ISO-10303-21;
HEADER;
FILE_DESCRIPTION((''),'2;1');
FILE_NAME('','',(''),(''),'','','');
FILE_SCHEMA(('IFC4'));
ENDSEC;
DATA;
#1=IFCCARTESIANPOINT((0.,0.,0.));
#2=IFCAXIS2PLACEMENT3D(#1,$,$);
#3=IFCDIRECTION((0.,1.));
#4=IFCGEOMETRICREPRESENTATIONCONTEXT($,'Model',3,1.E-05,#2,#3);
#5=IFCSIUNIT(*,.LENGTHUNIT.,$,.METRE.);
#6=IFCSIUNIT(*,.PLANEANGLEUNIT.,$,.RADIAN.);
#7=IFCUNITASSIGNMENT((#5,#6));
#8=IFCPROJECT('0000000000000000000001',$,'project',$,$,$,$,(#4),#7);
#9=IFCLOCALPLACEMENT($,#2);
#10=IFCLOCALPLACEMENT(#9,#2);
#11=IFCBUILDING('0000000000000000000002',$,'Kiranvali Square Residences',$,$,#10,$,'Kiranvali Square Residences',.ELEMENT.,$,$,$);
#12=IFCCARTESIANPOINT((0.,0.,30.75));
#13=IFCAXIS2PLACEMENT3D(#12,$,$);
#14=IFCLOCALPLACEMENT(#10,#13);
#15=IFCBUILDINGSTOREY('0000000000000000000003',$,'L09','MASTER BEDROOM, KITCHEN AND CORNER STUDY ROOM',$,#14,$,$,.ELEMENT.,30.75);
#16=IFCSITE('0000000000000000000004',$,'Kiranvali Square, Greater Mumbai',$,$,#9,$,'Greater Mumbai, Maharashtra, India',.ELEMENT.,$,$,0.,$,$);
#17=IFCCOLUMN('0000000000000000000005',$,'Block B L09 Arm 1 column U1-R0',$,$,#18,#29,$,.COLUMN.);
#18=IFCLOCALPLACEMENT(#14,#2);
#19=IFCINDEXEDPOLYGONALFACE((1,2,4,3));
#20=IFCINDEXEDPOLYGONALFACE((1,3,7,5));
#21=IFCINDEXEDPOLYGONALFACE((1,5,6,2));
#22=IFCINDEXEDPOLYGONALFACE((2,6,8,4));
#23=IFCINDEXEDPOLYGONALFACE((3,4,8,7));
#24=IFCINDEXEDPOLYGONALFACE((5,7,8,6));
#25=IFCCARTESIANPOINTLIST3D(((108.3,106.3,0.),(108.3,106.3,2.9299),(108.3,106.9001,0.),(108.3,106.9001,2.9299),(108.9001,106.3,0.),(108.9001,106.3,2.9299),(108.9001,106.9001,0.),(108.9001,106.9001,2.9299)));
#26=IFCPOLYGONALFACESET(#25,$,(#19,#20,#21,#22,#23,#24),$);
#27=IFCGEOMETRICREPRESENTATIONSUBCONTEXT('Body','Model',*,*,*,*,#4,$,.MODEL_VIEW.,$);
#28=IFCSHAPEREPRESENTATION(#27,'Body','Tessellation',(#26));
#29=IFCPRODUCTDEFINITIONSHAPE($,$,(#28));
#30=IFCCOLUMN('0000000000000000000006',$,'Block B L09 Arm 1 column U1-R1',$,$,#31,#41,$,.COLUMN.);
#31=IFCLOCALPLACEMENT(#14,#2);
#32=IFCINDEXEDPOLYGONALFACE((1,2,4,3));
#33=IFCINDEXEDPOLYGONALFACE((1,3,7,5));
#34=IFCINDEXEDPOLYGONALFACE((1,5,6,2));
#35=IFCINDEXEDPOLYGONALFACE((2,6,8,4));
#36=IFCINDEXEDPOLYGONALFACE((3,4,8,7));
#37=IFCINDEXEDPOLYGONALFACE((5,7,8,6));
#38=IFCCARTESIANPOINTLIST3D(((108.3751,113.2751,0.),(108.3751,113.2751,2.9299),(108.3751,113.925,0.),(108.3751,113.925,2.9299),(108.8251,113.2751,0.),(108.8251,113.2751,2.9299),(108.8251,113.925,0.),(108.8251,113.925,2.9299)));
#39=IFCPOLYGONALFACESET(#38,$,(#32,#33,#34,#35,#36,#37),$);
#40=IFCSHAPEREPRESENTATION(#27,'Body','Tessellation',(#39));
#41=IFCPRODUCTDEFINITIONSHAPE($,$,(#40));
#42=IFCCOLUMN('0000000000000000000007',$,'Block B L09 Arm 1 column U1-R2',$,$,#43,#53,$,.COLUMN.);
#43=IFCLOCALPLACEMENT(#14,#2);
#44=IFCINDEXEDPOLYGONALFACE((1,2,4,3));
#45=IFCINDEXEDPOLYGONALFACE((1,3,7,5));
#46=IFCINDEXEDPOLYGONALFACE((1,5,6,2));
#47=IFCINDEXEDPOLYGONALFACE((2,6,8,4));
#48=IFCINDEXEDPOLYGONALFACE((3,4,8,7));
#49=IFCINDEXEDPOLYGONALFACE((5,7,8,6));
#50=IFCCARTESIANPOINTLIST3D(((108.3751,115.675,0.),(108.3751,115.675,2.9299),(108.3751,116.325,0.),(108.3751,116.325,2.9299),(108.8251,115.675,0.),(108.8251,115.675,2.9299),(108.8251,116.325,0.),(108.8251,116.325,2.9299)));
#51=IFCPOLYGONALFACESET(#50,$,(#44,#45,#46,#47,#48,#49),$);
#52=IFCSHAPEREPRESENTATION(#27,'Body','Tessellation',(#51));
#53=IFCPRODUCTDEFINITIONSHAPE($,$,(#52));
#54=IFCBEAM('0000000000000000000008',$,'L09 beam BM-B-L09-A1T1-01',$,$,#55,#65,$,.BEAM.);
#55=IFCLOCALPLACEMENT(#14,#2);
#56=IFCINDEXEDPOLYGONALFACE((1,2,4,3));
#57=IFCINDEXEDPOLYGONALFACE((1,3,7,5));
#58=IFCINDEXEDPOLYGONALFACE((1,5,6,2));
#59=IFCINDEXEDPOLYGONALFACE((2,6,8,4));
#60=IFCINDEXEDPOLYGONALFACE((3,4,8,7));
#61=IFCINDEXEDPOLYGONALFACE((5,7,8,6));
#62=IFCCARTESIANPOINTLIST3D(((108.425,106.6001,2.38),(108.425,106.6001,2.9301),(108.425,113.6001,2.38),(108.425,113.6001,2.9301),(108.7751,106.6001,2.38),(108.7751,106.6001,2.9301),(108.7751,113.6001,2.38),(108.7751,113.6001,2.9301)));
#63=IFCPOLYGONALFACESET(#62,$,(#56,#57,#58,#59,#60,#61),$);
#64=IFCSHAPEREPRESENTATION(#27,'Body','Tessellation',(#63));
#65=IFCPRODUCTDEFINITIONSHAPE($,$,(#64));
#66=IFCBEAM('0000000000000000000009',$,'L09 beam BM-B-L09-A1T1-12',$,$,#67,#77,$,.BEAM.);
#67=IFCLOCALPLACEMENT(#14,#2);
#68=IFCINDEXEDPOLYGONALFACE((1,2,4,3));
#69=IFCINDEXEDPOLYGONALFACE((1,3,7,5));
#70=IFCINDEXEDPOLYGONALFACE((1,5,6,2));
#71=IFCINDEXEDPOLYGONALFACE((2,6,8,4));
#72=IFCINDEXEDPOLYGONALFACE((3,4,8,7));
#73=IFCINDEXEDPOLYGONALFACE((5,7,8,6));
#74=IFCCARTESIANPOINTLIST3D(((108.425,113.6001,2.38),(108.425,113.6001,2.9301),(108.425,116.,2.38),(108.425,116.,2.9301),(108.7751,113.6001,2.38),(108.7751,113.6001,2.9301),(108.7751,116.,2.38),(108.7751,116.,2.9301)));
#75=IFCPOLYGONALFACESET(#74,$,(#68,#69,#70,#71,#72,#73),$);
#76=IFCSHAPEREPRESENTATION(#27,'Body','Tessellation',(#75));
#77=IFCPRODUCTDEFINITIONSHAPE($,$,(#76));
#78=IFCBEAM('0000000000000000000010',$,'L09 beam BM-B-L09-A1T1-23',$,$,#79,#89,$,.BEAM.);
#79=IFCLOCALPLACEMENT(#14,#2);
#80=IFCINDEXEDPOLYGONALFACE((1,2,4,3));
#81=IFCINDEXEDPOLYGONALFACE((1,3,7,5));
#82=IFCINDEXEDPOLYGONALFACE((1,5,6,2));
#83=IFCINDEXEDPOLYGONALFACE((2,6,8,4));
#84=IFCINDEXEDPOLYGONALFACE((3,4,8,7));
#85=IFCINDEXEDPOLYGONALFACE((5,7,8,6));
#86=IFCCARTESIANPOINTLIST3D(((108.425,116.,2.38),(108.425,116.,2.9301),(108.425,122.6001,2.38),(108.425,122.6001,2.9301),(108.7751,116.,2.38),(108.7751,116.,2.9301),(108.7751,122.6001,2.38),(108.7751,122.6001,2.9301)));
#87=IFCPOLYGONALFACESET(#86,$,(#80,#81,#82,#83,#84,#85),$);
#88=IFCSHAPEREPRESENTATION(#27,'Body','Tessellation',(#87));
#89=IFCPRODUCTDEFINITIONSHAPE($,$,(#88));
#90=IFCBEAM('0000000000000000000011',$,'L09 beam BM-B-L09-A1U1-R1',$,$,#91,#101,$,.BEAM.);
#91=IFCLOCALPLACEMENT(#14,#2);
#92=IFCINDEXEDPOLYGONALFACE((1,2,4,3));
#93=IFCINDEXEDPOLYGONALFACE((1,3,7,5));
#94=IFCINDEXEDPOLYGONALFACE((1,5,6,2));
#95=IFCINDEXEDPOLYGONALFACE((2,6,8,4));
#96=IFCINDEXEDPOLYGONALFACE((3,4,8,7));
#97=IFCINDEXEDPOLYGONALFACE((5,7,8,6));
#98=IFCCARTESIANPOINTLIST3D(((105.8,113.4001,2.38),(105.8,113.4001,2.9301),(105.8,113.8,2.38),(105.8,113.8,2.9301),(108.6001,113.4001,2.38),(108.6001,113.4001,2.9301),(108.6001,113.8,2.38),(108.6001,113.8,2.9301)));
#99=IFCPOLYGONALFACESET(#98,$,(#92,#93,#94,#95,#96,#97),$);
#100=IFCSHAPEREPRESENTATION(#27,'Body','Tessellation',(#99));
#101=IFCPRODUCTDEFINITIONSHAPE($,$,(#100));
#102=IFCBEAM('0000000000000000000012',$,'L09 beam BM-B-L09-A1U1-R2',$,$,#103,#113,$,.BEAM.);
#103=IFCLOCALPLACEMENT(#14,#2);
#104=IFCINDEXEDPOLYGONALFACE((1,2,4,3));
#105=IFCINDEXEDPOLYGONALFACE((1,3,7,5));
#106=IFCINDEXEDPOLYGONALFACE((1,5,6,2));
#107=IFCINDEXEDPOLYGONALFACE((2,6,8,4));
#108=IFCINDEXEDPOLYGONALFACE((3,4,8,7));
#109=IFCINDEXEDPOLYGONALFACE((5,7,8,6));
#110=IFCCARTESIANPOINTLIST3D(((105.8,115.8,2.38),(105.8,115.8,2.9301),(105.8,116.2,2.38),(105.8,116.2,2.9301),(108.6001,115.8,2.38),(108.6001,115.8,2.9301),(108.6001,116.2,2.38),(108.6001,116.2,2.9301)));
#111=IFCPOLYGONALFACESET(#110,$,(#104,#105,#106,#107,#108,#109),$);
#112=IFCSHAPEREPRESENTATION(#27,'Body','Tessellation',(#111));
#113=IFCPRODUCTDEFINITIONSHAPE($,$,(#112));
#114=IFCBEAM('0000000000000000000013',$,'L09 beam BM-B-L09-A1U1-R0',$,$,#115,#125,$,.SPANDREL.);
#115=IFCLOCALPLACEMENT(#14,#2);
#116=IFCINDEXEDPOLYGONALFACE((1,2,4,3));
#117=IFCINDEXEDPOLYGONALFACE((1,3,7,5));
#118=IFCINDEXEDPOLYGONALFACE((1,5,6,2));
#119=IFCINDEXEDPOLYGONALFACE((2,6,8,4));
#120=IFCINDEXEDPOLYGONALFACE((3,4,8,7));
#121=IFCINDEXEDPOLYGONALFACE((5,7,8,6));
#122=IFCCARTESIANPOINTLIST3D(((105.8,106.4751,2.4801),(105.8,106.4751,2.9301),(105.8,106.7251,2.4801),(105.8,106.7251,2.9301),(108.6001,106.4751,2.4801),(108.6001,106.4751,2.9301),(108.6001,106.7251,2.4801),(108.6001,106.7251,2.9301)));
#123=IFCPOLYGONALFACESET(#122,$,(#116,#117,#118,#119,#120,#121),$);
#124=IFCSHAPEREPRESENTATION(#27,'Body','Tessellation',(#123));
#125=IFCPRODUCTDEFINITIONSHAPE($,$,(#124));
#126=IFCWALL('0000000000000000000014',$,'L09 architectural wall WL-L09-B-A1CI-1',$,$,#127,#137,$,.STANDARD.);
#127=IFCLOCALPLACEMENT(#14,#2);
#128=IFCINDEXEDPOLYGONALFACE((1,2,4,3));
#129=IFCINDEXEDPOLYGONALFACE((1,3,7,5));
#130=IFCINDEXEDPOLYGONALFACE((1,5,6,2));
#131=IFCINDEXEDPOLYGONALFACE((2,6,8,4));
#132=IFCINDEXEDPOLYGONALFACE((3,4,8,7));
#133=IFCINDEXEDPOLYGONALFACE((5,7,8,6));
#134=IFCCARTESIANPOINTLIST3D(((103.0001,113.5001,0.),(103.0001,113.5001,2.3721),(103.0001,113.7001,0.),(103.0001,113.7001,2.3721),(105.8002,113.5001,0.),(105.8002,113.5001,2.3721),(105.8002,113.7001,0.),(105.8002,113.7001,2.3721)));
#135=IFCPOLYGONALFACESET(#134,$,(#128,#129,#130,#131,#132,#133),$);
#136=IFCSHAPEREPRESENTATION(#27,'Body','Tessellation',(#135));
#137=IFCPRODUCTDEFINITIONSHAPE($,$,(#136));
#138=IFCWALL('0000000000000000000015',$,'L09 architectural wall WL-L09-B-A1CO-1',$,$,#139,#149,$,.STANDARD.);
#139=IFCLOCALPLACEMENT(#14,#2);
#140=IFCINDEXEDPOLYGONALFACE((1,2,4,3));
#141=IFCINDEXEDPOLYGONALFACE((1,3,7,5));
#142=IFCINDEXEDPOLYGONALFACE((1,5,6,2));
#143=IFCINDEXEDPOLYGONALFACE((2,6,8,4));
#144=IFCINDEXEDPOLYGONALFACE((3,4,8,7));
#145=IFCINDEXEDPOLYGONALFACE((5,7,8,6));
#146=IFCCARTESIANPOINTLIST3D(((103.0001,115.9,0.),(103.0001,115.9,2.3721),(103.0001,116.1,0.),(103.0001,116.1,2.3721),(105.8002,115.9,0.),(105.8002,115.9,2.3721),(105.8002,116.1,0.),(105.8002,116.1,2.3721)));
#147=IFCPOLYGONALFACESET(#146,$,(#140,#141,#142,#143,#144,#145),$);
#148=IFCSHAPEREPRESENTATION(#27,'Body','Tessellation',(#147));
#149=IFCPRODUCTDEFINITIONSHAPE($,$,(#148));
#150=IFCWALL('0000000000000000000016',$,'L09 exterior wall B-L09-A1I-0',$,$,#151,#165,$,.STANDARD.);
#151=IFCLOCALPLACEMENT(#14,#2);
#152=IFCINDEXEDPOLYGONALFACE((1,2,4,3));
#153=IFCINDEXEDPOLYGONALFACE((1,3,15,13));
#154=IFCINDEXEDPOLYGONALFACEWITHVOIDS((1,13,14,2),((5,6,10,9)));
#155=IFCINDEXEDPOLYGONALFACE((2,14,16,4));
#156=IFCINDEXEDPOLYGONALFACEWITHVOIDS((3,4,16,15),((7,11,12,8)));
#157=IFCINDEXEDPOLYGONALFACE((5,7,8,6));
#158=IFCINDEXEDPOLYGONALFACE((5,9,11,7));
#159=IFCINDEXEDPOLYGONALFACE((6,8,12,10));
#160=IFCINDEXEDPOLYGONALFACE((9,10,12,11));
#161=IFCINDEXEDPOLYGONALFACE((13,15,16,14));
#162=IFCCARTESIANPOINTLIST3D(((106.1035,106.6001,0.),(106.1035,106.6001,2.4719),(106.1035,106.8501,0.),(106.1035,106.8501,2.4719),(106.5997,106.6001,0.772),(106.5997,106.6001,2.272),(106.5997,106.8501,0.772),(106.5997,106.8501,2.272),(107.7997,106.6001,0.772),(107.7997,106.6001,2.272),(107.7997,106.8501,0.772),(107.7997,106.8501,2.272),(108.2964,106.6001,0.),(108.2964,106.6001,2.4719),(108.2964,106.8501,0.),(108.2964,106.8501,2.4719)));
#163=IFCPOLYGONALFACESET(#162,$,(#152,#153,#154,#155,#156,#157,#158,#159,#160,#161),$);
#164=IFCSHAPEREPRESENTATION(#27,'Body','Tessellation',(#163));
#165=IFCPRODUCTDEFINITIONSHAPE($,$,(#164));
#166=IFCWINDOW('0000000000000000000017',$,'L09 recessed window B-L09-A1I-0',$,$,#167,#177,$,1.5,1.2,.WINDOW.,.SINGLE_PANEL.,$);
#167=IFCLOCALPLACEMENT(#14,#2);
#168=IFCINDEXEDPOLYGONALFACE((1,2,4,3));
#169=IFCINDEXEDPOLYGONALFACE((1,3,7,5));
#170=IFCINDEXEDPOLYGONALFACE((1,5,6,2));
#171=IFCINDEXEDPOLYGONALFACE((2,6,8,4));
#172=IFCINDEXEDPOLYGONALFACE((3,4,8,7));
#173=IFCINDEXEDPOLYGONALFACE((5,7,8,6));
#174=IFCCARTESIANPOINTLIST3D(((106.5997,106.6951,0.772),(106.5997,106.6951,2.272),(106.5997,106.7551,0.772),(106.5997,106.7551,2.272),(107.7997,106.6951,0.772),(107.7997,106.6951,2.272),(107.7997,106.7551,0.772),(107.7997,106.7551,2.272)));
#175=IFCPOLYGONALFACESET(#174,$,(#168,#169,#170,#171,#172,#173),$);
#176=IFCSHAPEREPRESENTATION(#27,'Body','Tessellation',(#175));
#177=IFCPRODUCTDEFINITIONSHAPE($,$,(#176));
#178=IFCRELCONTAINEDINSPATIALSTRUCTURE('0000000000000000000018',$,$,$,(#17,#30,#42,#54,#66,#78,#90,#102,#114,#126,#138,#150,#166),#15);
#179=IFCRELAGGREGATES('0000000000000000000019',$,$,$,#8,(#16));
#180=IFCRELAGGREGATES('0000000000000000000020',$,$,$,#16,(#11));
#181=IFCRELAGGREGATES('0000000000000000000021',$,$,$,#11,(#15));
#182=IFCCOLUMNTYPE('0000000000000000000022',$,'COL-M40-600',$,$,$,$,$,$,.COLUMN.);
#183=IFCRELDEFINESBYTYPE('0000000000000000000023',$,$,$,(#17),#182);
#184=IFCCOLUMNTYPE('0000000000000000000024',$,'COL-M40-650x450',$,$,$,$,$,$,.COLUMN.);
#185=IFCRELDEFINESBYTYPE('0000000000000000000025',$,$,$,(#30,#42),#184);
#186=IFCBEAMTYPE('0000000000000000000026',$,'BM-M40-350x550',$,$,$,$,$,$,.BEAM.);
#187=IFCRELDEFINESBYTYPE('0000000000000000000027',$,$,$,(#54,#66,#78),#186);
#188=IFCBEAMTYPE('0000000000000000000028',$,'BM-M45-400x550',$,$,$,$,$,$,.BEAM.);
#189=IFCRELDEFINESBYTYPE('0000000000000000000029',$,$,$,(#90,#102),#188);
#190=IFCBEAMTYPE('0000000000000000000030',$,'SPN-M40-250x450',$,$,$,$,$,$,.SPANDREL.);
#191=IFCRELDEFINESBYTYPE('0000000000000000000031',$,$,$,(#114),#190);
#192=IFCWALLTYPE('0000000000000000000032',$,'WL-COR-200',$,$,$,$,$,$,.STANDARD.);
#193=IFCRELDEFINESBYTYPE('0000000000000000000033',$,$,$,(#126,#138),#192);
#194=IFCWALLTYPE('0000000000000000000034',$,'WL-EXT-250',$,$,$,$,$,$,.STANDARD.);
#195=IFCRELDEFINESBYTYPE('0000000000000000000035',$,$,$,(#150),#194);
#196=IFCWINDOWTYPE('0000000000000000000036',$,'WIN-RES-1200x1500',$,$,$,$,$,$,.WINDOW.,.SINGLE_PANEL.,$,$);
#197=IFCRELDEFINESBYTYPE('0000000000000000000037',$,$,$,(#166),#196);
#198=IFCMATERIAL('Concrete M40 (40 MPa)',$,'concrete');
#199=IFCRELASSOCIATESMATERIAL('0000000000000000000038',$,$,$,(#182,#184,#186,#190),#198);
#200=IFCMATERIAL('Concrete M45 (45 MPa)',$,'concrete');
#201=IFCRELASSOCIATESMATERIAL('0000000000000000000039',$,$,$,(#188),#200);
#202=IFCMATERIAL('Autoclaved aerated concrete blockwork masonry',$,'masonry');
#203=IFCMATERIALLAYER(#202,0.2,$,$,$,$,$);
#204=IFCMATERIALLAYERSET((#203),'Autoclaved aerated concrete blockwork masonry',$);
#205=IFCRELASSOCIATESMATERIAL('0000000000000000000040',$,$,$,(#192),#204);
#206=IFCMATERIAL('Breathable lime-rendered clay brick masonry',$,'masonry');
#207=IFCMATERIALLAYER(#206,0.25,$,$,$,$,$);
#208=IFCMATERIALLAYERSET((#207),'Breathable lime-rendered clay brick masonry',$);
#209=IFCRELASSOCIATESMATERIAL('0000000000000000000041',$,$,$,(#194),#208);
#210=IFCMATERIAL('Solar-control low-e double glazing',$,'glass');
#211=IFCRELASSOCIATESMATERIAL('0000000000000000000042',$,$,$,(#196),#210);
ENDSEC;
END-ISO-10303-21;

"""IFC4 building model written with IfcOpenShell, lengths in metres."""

from ifc_helpers import new_model, si_unit, direction, frame, frame_2d, origin, origin_2d, place, context, subcontext, project, spatial, rectangle, extrude, material, layer, layer_set, material_profile, profile_set, type_object, element, fill, save


model = new_model("IFC4")

# Units and contexts
model_context = context("Model", 3, precision=1e-05, world=origin(), true_north=direction((0.0, 1.0)))
body_context = subcontext(model_context, "Body", "Model", "MODEL_VIEW")
ifc_project = project(units=[si_unit("LENGTHUNIT", "METRE"), si_unit("PLANEANGLEUNIT", "RADIAN")], contexts=[model_context])

# Site, building, storey
site_placement = place(None, origin())
site = spatial("IfcSite", under=ifc_project, at=site_placement, Name="Kiranvali Square, Greater Mumbai", LongName="Greater Mumbai, Maharashtra, India", CompositionType="ELEMENT", RefElevation=0.0)
building_placement = place(site_placement, origin())
building = spatial("IfcBuilding", under=site, at=building_placement, Name="Kiranvali Square Residences", LongName="Kiranvali Square Residences", CompositionType="ELEMENT")
storey_placement = place(building_placement, frame((0.0, 0.0, 30.75)))
storey = spatial("IfcBuildingStorey", under=building, at=storey_placement, Name="L09", Description="MASTER BEDROOM, KITCHEN AND CORNER STUDY ROOM", CompositionType="ELEMENT", Elevation=30.75)

# Columns
ifc_material_1 = material(Name="Concrete M40 (40 MPa)", Category="concrete")
ifc_material_profile_1 = material_profile(ifc_material_1, rectangle(XDim=0.6001, YDim=0.6001, at=origin_2d()), Name="RC 600x600")
ifc_profile_set_1 = profile_set([ifc_material_profile_1], Name="Concrete M40 (40 MPa)")
column_type_1 = type_object("IfcColumnType", Name="COL-M40-600", PredefinedType="COLUMN", material=ifc_profile_set_1)
column_placement = place(storey_placement, frame((108.6001, 106.6001, 0.0), z_axis=(0.0, 0.0, 1.0), x_axis=(1.0, 0.0, 0.0)))
element("IfcColumn", 1, at=column_placement, inside=storey, type_object=column_type_1, Name="Block B L09 Arm 1 column U1-R0", PredefinedType="COLUMN", context=body_context, shape_type="SweptSolid", body=[
    extrude(rectangle(XDim=0.6001, YDim=0.6001, at=origin_2d()), origin(), (0.0, 0.0, 1.0), 2.9299),
])
ifc_material_profile_2 = material_profile(ifc_material_1, rectangle(XDim=0.45, YDim=0.6499, at=origin_2d()), Name="RC 650x450")
ifc_profile_set_2 = profile_set([ifc_material_profile_2], Name="Concrete M40 (40 MPa)")
column_type_2 = type_object("IfcColumnType", Name="COL-M40-650x450", PredefinedType="COLUMN", material=ifc_profile_set_2)
for number, where, z_axis, x_axis, name in (
    (2, (108.6001, 113.6001, 0.0), (0.0, 0.0, 1.0), (1.0, 0.0, 0.0), "Block B L09 Arm 1 column U1-R1"),
    (3, (108.6001, 116.0, 0.0), (0.0, 0.0, 1.0), (1.0, 0.0, 0.0), "Block B L09 Arm 1 column U1-R2"),
):
    element("IfcColumn", number, at=place(storey_placement, frame(where, z_axis=z_axis, x_axis=x_axis)), inside=storey, type_object=column_type_2, Name=name, PredefinedType="COLUMN", context=body_context, shape_type="SweptSolid", body=[
        extrude(rectangle(XDim=0.45, YDim=0.6499, at=origin_2d()), origin(), (0.0, 0.0, 1.0), 2.9299),
    ])

# Beams
ifc_material_profile_3 = material_profile(ifc_material_1, rectangle(XDim=0.3501, YDim=0.55, at=origin_2d()), Name="RC 350x550")
ifc_profile_set_3 = profile_set([ifc_material_profile_3], Name="Concrete M40 (40 MPa)")
beam_type_1 = type_object("IfcBeamType", Name="BM-M40-350x550", PredefinedType="BEAM", material=ifc_profile_set_3)
beam_1_placement = place(storey_placement, frame((108.6001, 106.6001, 2.655), z_axis=(0.0, 1.0, 0.0), x_axis=(-1.0, 0.0, 0.0)))
element("IfcBeam", 4, at=beam_1_placement, inside=storey, type_object=beam_type_1, Name="L09 beam BM-B-L09-A1T1-01", PredefinedType="BEAM", context=body_context, shape_type="SweptSolid", body=[
    extrude(rectangle(XDim=0.3501, YDim=0.55, at=origin_2d()), origin(), (0.0, 0.0, 1.0), 7.0),
])
beam_2_placement = place(storey_placement, frame((108.6001, 113.6001, 2.655), z_axis=(0.0, 1.0, 0.0), x_axis=(-1.0, 0.0, 0.0)))
element("IfcBeam", 5, at=beam_2_placement, inside=storey, type_object=beam_type_1, Name="L09 beam BM-B-L09-A1T1-12", PredefinedType="BEAM", context=body_context, shape_type="SweptSolid", body=[
    extrude(rectangle(XDim=0.3501, YDim=0.55, at=origin_2d()), origin(), (0.0, 0.0, 1.0), 2.3999),
])
beam_3_placement = place(storey_placement, frame((108.6001, 116.0, 2.655), z_axis=(0.0, 1.0, 0.0), x_axis=(-1.0, 0.0, 0.0)))
element("IfcBeam", 6, at=beam_3_placement, inside=storey, type_object=beam_type_1, Name="L09 beam BM-B-L09-A1T1-23", PredefinedType="BEAM", context=body_context, shape_type="SweptSolid", body=[
    extrude(rectangle(XDim=0.3501, YDim=0.55, at=origin_2d()), origin(), (0.0, 0.0, 1.0), 6.6001),
])
ifc_material_2 = material(Name="Concrete M45 (45 MPa)", Category="concrete")
ifc_material_profile_4 = material_profile(ifc_material_2, rectangle(XDim=0.3999, YDim=0.55, at=origin_2d()), Name="RC 400x550")
ifc_profile_set_4 = profile_set([ifc_material_profile_4], Name="Concrete M45 (45 MPa)")
beam_type_2 = type_object("IfcBeamType", Name="BM-M45-400x550", PredefinedType="BEAM", material=ifc_profile_set_4)
for number, where, z_axis, x_axis, name in (
    (7, (108.6001, 113.6001, 2.655), (-1.0, 0.0, 0.0), (0.0, -1.0, 0.0), "L09 beam BM-B-L09-A1U1-R1"),
    (8, (108.6001, 116.0, 2.655), (-1.0, 0.0, 0.0), (0.0, -1.0, 0.0), "L09 beam BM-B-L09-A1U1-R2"),
):
    element("IfcBeam", number, at=place(storey_placement, frame(where, z_axis=z_axis, x_axis=x_axis)), inside=storey, type_object=beam_type_2, Name=name, PredefinedType="BEAM", context=body_context, shape_type="SweptSolid", body=[
        extrude(rectangle(XDim=0.3999, YDim=0.55, at=origin_2d()), origin(), (0.0, 0.0, 1.0), 2.8),
    ])
ifc_material_profile_5 = material_profile(ifc_material_1, rectangle(XDim=0.25, YDim=0.45, at=origin_2d()), Name="RC 250x450")
ifc_profile_set_5 = profile_set([ifc_material_profile_5], Name="Concrete M40 (40 MPa)")
beam_type_3 = type_object("IfcBeamType", Name="SPN-M40-250x450", PredefinedType="SPANDREL", material=ifc_profile_set_5)
beam_4_placement = place(storey_placement, frame((108.6001, 106.6001, 2.7051), z_axis=(-1.0, 0.0, 0.0), x_axis=(0.0, -1.0, 0.0)))
element("IfcBeam", 9, at=beam_4_placement, inside=storey, type_object=beam_type_3, Name="L09 beam BM-B-L09-A1U1-R0", PredefinedType="SPANDREL", context=body_context, shape_type="SweptSolid", body=[
    extrude(rectangle(XDim=0.25, YDim=0.45, at=origin_2d()), origin(), (0.0, 0.0, 1.0), 2.8),
])

# Shared definitions
ifc_material_3 = material(Name="Autoclaved aerated concrete blockwork masonry", Category="masonry")
ifc_layer_1 = layer(ifc_material_3, 0.2)
ifc_layer_set_1 = layer_set([ifc_layer_1], Name="Autoclaved aerated concrete blockwork masonry")
wall_type_1 = type_object("IfcWallType", Name="WL-COR-200", PredefinedType="STANDARD", material=ifc_layer_set_1)

# Walls
for number, where, z_axis, x_axis, name in (
    (10, (105.8, 113.6001, 0.0), (0.0, 0.0, 1.0), (-1.0, 0.0, 0.0), "L09 architectural wall WL-L09-B-A1CI-1"),
    (11, (105.8, 116.0, 0.0), (0.0, 0.0, 1.0), (-1.0, 0.0, 0.0), "L09 architectural wall WL-L09-B-A1CO-1"),
):
    element("IfcWall", number, at=place(storey_placement, frame(where, z_axis=z_axis, x_axis=x_axis)), inside=storey, type_object=wall_type_1, Name=name, PredefinedType="STANDARD", context=body_context, shape_type="SweptSolid", body=[
        extrude(rectangle(XDim=2.8, YDim=0.2, at=frame_2d((1.3999, 0.0))), origin(), (0.0, 0.0, 1.0), 2.3721),
    ])

# Wall, opening, window
ifc_material_4 = material(Name="Breathable lime-rendered clay brick masonry", Category="masonry")
ifc_layer_2 = layer(ifc_material_4, 0.25)
ifc_layer_set_2 = layer_set([ifc_layer_2], Name="Breathable lime-rendered clay brick masonry")
wall_type_2 = type_object("IfcWallType", Name="WL-EXT-250", PredefinedType="STANDARD", material=ifc_layer_set_2)
wall_1_placement = place(storey_placement, frame((108.2964, 106.7251, 0.0), z_axis=(0.0, 0.0, 1.0), x_axis=(-1.0, 0.0, 0.0)))
wall_1 = element("IfcWall", 12, at=wall_1_placement, inside=storey, type_object=wall_type_2, Name="L09 exterior wall B-L09-A1I-0", PredefinedType="STANDARD", context=body_context, shape_type="SweptSolid", body=[
    extrude(rectangle(XDim=2.1929, YDim=0.25, at=frame_2d((1.0964, 0.0))), origin(), (0.0, 0.0, 1.0), 2.4719),
])
opening_1_placement = place(wall_1_placement, frame((0.4966, 0.0, 0.772)))
opening_1 = element("IfcOpeningElement", 13, at=opening_1_placement, cuts=wall_1, PredefinedType="OPENING", context=body_context, shape_type="SweptSolid", body=[
    extrude(rectangle(XDim=1.2, YDim=1.5, at=frame_2d((0.6001, 0.75))), frame((0.0, 0.135, 0.0), z_axis=(0.0, -1.0, 0.0), x_axis=(1.0, 0.0, 0.0)), (0.0, 0.0, 1.0), 0.27),
])
ifc_material_5 = material(Name="Solar-control low-e double glazing", Category="glass")
window_type = type_object("IfcWindowType", Name="WIN-RES-1200x1500", PartitioningType="SINGLE_PANEL", PredefinedType="WINDOW", material=ifc_material_5)
window_placement = place(opening_1_placement, origin())
window = element("IfcWindow", 14, at=window_placement, inside=storey, type_object=window_type, Name="L09 recessed window B-L09-A1I-0", OverallHeight=1.5, OverallWidth=1.2, PartitioningType="SINGLE_PANEL", PredefinedType="WINDOW", context=body_context, shape_type="SweptSolid", body=[
    extrude(rectangle(XDim=1.2, YDim=1.5, at=frame_2d((0.6001, 0.75))), frame((0.0, 0.03, 0.0), z_axis=(0.0, -1.0, 0.0), x_axis=(1.0, 0.0, 0.0)), (0.0, 0.0, 1.0), 0.0601),
])
fill(opening_1, window)

save(model, "model.ifc")
